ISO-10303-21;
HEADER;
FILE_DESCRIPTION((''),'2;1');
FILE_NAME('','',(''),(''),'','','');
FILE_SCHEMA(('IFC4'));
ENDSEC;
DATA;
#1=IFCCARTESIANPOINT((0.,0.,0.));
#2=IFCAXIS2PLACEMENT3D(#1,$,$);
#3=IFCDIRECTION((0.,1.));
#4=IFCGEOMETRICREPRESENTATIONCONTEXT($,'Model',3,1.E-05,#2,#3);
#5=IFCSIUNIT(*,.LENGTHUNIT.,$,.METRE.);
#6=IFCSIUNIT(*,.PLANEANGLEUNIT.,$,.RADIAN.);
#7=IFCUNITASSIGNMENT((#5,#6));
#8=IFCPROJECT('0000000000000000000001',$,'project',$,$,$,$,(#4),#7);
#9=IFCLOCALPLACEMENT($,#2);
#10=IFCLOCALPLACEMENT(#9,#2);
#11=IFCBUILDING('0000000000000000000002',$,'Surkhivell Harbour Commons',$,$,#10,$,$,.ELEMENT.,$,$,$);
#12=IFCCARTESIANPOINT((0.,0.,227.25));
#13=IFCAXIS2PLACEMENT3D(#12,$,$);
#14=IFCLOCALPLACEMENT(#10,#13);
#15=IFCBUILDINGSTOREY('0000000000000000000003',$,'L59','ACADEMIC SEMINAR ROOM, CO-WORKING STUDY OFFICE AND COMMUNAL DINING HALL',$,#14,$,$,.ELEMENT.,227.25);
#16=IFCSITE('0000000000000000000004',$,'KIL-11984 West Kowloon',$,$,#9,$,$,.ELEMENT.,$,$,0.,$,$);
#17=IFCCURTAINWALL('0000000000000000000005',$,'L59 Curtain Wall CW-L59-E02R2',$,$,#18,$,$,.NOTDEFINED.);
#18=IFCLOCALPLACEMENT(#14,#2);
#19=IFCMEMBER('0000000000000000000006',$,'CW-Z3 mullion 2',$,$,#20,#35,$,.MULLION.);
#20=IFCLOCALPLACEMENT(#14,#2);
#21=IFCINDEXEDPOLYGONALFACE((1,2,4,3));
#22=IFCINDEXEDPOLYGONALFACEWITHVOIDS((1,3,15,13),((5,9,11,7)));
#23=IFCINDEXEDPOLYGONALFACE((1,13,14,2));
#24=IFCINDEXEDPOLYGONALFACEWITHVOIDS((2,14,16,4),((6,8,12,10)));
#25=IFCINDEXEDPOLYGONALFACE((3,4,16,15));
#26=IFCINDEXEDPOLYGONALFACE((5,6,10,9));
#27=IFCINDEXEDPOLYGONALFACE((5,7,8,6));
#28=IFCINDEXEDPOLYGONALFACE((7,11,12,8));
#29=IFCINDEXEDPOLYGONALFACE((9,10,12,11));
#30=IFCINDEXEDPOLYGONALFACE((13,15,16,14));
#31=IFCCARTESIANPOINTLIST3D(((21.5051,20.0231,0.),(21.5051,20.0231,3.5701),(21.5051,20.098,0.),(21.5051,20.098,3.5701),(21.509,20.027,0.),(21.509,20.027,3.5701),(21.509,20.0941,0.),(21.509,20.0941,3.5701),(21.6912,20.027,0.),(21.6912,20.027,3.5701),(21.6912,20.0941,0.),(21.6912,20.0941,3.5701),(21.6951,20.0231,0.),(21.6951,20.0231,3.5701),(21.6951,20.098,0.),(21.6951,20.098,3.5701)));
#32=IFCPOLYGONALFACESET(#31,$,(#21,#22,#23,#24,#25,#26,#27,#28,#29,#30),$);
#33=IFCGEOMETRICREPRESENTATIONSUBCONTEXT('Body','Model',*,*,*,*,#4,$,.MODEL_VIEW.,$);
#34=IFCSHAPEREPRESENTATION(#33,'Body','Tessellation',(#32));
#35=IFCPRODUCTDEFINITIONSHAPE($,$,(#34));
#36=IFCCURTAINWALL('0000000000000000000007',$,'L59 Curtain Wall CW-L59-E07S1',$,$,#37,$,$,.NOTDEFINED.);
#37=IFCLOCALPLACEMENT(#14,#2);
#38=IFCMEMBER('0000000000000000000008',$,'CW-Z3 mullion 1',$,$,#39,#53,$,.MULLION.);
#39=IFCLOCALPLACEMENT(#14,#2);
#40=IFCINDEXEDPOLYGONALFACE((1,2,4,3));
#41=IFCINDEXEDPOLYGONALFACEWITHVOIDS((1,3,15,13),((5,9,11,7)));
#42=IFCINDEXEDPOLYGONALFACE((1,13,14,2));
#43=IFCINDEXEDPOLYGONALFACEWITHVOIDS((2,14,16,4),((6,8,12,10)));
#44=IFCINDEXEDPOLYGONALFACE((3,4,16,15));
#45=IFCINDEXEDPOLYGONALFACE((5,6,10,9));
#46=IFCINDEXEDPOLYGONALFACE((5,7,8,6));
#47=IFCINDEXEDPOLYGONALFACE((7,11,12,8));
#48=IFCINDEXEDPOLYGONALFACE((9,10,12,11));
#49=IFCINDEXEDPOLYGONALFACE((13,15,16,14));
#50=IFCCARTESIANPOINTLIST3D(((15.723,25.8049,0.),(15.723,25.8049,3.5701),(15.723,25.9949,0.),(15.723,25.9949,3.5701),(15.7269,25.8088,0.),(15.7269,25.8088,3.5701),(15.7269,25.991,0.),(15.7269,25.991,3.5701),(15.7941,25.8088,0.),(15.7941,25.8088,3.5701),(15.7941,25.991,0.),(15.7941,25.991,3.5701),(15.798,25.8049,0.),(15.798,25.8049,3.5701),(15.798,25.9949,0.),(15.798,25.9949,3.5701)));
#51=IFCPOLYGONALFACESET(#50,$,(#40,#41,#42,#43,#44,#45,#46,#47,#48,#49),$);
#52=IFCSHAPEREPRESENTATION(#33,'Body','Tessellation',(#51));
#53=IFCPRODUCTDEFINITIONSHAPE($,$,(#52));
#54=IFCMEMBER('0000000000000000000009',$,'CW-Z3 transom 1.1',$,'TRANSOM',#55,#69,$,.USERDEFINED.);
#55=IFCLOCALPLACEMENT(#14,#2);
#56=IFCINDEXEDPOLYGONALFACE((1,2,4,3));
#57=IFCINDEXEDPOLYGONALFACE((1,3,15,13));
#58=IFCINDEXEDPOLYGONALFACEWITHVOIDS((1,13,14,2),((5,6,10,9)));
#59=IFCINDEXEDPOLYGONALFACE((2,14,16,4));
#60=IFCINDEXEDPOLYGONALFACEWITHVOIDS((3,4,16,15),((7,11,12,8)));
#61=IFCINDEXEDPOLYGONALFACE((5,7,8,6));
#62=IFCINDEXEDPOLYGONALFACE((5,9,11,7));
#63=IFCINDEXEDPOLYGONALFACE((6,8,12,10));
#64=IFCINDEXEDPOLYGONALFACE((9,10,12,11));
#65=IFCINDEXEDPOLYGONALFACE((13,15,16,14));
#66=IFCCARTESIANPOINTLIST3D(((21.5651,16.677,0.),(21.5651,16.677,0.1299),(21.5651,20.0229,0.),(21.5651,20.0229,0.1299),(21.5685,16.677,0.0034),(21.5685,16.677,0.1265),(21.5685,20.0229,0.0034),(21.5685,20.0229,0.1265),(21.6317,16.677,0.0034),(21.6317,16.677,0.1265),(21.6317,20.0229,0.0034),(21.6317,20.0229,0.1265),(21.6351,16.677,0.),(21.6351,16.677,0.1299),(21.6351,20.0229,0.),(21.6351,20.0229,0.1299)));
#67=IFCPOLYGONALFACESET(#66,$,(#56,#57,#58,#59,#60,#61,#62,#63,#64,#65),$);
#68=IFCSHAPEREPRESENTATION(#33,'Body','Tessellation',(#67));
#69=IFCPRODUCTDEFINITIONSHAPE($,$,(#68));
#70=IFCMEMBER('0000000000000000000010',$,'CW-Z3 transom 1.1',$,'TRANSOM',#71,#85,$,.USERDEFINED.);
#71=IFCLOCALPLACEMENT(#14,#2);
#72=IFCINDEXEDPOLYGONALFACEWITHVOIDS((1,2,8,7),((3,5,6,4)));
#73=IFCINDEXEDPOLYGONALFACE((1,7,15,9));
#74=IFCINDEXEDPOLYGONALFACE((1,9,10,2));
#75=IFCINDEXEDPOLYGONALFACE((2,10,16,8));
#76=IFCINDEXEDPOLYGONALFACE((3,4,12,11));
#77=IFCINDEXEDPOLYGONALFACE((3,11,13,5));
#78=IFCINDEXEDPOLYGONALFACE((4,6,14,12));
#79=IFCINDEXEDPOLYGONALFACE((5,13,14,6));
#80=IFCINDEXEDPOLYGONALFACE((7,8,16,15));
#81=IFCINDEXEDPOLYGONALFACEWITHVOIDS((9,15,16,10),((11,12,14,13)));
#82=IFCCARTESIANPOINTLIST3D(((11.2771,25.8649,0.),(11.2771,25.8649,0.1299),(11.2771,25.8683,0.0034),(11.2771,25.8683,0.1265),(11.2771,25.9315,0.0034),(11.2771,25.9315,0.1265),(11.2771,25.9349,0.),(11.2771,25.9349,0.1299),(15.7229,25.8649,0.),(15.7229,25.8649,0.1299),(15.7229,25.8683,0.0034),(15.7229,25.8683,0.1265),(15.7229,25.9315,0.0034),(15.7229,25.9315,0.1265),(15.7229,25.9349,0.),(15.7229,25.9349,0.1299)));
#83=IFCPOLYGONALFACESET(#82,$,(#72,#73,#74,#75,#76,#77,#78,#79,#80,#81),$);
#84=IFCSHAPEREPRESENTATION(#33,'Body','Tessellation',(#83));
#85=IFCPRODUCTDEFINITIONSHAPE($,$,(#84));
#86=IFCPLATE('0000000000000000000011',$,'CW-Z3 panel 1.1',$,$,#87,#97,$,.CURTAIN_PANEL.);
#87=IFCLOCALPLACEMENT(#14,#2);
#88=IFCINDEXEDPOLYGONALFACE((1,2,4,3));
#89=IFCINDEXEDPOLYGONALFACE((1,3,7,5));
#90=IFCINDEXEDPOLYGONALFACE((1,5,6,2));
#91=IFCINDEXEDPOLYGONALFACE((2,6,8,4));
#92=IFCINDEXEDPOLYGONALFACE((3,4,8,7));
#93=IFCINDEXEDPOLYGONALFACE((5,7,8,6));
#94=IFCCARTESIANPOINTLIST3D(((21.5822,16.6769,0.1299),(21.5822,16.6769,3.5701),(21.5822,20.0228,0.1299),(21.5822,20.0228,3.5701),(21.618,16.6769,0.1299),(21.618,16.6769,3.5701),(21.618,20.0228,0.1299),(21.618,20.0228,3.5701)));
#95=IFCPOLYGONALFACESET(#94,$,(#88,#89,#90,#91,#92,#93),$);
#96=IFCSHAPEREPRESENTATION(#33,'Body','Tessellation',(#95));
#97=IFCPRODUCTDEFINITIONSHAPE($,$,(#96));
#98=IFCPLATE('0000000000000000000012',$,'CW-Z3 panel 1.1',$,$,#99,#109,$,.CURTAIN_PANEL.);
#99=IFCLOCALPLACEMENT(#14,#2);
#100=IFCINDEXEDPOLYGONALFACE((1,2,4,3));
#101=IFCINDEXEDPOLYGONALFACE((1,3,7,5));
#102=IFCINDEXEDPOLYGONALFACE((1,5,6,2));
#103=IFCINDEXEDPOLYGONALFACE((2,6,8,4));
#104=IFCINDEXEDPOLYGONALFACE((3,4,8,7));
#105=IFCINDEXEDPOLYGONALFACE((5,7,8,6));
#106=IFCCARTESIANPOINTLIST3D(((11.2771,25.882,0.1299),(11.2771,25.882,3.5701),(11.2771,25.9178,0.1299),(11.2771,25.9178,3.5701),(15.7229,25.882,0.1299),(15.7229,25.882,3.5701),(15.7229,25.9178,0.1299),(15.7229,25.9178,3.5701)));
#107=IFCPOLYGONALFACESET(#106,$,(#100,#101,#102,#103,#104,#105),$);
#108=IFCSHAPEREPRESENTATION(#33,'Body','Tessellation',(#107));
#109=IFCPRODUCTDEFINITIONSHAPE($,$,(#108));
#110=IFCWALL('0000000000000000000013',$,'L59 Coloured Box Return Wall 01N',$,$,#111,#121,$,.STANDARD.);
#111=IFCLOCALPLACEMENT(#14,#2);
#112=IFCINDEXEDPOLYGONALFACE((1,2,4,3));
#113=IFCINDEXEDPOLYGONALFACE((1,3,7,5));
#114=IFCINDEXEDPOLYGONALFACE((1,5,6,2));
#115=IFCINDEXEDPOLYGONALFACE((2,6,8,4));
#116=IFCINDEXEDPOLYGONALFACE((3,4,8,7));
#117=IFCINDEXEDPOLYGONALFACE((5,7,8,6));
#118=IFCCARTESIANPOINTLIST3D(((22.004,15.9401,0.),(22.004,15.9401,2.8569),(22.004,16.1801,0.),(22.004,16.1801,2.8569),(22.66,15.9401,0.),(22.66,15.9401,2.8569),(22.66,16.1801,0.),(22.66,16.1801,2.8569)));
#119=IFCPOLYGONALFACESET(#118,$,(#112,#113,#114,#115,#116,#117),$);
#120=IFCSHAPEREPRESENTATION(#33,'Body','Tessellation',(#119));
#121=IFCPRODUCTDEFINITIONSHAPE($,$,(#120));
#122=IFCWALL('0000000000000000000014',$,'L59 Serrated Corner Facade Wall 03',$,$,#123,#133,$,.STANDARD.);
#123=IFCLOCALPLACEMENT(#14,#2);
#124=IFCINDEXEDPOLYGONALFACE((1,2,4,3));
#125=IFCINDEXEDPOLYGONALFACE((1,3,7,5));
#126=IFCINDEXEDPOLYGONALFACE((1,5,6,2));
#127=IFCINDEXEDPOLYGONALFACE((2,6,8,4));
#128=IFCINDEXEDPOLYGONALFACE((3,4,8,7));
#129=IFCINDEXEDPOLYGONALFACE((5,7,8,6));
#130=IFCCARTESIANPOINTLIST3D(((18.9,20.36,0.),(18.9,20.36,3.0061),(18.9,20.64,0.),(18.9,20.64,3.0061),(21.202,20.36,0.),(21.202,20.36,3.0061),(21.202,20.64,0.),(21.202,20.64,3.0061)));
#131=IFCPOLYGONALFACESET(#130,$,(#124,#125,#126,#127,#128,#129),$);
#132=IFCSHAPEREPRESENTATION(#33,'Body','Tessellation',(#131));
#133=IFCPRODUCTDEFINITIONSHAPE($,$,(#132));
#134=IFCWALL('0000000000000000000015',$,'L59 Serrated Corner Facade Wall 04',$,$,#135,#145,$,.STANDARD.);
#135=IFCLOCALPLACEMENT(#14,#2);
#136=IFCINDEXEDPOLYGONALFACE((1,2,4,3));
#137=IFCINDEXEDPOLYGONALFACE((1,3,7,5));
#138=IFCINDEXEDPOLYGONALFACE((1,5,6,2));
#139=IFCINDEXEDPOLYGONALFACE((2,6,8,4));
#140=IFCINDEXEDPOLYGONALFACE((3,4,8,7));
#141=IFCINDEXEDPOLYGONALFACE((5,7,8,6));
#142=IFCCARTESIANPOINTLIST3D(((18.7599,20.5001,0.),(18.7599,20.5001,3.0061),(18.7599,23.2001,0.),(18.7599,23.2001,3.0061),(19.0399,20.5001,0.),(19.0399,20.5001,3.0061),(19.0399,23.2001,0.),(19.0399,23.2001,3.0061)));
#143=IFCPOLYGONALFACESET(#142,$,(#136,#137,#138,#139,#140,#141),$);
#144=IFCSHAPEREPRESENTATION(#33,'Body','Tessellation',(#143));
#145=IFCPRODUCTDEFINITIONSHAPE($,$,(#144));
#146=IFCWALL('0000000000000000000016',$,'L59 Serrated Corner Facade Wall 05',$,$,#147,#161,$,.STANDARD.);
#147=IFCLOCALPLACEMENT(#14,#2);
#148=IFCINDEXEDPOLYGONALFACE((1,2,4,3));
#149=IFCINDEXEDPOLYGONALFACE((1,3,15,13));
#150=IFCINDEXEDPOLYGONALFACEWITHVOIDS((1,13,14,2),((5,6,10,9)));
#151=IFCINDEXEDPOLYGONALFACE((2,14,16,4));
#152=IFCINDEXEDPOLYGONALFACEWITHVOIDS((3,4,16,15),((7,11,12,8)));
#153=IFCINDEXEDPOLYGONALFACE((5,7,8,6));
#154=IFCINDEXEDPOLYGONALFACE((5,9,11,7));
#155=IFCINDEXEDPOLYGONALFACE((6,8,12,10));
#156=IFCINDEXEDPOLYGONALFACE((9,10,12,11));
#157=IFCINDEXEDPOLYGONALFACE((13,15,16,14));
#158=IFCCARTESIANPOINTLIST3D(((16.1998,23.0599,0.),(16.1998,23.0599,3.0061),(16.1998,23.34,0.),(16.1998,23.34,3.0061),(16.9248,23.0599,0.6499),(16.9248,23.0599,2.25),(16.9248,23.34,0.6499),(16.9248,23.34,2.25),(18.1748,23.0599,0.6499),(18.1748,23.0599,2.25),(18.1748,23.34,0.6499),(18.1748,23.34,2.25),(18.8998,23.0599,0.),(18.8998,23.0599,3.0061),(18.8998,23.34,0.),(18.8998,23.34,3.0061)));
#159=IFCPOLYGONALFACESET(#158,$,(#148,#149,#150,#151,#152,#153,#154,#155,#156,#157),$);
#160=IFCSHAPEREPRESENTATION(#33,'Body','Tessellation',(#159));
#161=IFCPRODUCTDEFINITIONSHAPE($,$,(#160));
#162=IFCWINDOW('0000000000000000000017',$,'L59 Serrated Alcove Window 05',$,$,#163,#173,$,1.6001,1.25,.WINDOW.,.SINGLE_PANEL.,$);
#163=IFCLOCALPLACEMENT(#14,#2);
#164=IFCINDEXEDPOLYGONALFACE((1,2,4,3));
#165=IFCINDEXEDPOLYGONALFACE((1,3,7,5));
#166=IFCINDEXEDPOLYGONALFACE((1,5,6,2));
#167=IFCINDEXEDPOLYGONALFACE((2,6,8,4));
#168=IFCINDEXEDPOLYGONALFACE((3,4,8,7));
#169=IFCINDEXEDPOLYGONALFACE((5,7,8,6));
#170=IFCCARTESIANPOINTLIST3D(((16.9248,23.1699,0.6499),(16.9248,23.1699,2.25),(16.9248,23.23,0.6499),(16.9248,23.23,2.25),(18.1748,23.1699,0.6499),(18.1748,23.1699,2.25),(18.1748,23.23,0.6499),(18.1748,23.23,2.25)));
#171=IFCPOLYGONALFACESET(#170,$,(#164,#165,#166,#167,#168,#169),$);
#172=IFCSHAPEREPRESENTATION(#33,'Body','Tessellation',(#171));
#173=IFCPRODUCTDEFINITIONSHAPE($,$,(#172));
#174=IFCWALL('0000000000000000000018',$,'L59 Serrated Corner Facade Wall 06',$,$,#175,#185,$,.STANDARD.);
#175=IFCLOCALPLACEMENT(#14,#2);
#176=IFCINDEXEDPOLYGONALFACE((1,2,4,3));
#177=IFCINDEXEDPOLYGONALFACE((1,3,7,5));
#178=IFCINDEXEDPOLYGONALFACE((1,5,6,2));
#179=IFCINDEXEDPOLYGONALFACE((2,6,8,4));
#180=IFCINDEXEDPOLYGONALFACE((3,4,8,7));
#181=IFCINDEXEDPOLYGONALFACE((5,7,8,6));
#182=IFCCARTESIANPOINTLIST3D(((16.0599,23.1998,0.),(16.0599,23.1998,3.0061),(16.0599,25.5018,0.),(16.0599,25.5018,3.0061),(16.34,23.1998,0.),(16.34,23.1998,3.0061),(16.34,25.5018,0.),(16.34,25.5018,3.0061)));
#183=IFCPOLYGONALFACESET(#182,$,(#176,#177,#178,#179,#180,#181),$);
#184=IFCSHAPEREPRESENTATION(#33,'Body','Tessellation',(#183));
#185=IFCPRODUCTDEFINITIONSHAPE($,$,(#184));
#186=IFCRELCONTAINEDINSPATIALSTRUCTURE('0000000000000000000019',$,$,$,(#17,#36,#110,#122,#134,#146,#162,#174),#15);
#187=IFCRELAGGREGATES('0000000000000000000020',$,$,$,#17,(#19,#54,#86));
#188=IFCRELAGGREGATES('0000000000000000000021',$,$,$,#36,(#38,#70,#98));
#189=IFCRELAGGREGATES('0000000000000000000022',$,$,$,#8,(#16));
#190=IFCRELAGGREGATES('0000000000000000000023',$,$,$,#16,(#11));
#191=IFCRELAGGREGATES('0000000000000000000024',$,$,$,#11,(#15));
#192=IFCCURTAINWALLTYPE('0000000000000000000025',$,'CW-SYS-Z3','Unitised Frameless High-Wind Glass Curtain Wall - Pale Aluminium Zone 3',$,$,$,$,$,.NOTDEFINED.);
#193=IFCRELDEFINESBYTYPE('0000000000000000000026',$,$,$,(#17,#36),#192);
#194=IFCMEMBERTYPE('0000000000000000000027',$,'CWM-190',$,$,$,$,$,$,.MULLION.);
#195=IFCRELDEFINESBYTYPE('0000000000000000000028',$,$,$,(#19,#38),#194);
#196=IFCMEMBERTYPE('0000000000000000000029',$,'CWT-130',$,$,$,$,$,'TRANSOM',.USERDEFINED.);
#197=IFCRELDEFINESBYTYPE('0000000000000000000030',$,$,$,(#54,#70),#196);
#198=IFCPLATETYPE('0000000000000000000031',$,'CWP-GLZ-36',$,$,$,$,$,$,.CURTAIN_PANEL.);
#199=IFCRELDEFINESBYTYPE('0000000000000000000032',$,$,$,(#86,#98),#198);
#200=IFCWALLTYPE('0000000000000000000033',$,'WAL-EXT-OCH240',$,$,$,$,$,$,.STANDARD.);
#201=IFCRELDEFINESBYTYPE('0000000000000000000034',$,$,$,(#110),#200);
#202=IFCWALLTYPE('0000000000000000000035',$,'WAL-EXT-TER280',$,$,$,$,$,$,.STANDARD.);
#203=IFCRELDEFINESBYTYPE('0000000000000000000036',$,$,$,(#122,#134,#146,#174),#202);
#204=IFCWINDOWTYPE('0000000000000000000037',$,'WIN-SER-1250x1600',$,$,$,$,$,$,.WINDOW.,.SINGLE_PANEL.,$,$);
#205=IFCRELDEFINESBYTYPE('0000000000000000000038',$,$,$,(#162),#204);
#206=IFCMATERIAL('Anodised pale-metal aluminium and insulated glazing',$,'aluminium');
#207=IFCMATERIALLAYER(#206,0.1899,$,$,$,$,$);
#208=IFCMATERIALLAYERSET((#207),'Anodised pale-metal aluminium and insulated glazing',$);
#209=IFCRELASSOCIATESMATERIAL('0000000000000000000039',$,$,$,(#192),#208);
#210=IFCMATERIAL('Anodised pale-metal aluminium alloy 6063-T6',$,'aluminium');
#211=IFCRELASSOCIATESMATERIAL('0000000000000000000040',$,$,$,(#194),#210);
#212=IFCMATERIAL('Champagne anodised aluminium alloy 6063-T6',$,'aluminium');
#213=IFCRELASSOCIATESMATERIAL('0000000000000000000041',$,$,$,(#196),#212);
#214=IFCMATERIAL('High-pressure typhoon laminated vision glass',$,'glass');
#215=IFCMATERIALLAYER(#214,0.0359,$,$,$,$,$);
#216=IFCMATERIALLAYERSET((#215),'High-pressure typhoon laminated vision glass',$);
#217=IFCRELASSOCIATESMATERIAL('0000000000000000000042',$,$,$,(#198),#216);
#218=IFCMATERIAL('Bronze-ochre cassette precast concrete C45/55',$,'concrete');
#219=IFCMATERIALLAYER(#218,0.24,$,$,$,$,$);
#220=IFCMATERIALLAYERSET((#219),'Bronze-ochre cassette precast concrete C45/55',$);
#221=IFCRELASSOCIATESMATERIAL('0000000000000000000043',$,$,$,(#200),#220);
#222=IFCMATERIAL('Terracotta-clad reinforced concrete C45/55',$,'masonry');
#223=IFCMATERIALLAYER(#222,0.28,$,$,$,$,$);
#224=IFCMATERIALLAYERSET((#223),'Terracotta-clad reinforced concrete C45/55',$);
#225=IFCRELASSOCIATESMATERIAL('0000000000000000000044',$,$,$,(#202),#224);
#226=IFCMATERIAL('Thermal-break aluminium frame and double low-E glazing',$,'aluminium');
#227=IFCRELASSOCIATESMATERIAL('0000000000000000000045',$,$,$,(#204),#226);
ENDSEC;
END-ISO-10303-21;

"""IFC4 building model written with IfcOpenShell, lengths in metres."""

from ifc_helpers import new_model, si_unit, direction, frame, frame_2d, origin, origin_2d, place, context, subcontext, project, spatial, rectangle, hollow_rectangle, extrude, material, layer, layer_set, material_profile, profile_set, type_object, element, fill, aggregate, save


model = new_model("IFC4")

# Units and contexts
model_context = context("Model", 3, precision=1e-05, world=origin(), true_north=direction((0.0, 1.0)))
body_context = subcontext(model_context, "Body", "Model", "MODEL_VIEW")
ifc_project = project(units=[si_unit("LENGTHUNIT", "METRE"), si_unit("PLANEANGLEUNIT", "RADIAN")], contexts=[model_context])

# Site, building, storey
site_placement = place(None, origin())
site = spatial("IfcSite", under=ifc_project, at=site_placement, Name="KIL-11984 West Kowloon", CompositionType="ELEMENT", RefElevation=0.0)
building_placement = place(site_placement, origin())
building = spatial("IfcBuilding", under=site, at=building_placement, Name="Surkhivell Harbour Commons", CompositionType="ELEMENT")
storey_placement = place(building_placement, frame((0.0, 0.0, 227.25)))
storey = spatial("IfcBuildingStorey", under=building, at=storey_placement, Name="L59", Description="ACADEMIC SEMINAR ROOM, CO-WORKING STUDY OFFICE AND COMMUNAL DINING HALL", CompositionType="ELEMENT", Elevation=227.25)

# Curtain wall, member
ifc_material_1 = material(Name="Anodised pale-metal aluminium and insulated glazing", Category="aluminium")
ifc_layer_1 = layer(ifc_material_1, 0.1899)
ifc_layer_set_1 = layer_set([ifc_layer_1], Name="Anodised pale-metal aluminium and insulated glazing")
curtain_wall_type = type_object("IfcCurtainWallType", Name="CW-SYS-Z3", Description="Unitised Frameless High-Wind Glass Curtain Wall - Pale Aluminium Zone 3", PredefinedType="NOTDEFINED", material=ifc_layer_set_1)
curtain_wall_1_placement = place(storey_placement, origin())
curtain_wall_1 = element("IfcCurtainWall", 1, at=curtain_wall_1_placement, inside=storey, type_object=curtain_wall_type, Name="L59 Curtain Wall CW-L59-E02R2", PredefinedType="NOTDEFINED")
ifc_material_2 = material(Name="Anodised pale-metal aluminium alloy 6063-T6", Category="aluminium")
ifc_material_profile_1 = material_profile(ifc_material_2, hollow_rectangle(XDim=0.075, YDim=0.1899, WallThickness=0.0039, at=origin_2d()), Name="ALU-MULL-75x190")
ifc_profile_set_1 = profile_set([ifc_material_profile_1], Name="Anodised pale-metal aluminium alloy 6063-T6")
member_type_1 = type_object("IfcMemberType", Name="CWM-190", PredefinedType="MULLION", material=ifc_profile_set_1)
member_1_placement = place(storey_placement, frame((21.6001, 20.0605, 0.0), z_axis=(0.0, 0.0, 1.0), x_axis=(0.0, 1.0, 0.0)))
member_1 = element("IfcMember", 2, at=member_1_placement, type_object=member_type_1, Name="CW-Z3 mullion 2", PredefinedType="MULLION", context=body_context, shape_type="SweptSolid", body=[
    extrude(hollow_rectangle(XDim=0.075, YDim=0.1899, WallThickness=0.0039, at=origin_2d()), origin(), (0.0, 0.0, 1.0), 3.5701),
])

# Curtain wall, member
curtain_wall_2_placement = place(storey_placement, origin())
curtain_wall_2 = element("IfcCurtainWall", 3, at=curtain_wall_2_placement, inside=storey, type_object=curtain_wall_type, Name="L59 Curtain Wall CW-L59-E07S1", PredefinedType="NOTDEFINED")
member_2_placement = place(storey_placement, frame((15.7605, 25.8999, 0.0), z_axis=(0.0, 0.0, 1.0), x_axis=(-1.0, 0.0, 0.0)))
member_2 = element("IfcMember", 4, at=member_2_placement, type_object=member_type_1, Name="CW-Z3 mullion 1", PredefinedType="MULLION", context=body_context, shape_type="SweptSolid", body=[
    extrude(hollow_rectangle(XDim=0.075, YDim=0.1899, WallThickness=0.0039, at=origin_2d()), origin(), (0.0, 0.0, 1.0), 3.5701),
])

# Members
ifc_material_3 = material(Name="Champagne anodised aluminium alloy 6063-T6", Category="aluminium")
ifc_material_profile_2 = material_profile(ifc_material_3, hollow_rectangle(XDim=0.0701, YDim=0.1299, WallThickness=0.0034, at=origin_2d()), Name="ALU-TRAN-70x130")
ifc_profile_set_2 = profile_set([ifc_material_profile_2], Name="Champagne anodised aluminium alloy 6063-T6")
member_type_2 = type_object("IfcMemberType", Name="CWT-130", ElementType="TRANSOM", PredefinedType="USERDEFINED", material=ifc_profile_set_2)
member_3_placement = place(storey_placement, frame((21.6001, 16.677, 0.0649), z_axis=(0.0, 1.0, 0.0), x_axis=(-1.0, 0.0, 0.0)))
member_3 = element("IfcMember", 5, at=member_3_placement, type_object=member_type_2, Name="CW-Z3 transom 1.1", ObjectType="TRANSOM", PredefinedType="USERDEFINED", context=body_context, shape_type="SweptSolid", body=[
    extrude(hollow_rectangle(XDim=0.0701, YDim=0.1299, WallThickness=0.0034, at=origin_2d()), origin(), (0.0, 0.0, 1.0), 3.3459),
])
member_4_placement = place(storey_placement, frame((15.7229, 25.8999, 0.0649), z_axis=(-1.0, 0.0, 0.0), x_axis=(0.0, -1.0, 0.0)))
member_4 = element("IfcMember", 6, at=member_4_placement, type_object=member_type_2, Name="CW-Z3 transom 1.1", ObjectType="TRANSOM", PredefinedType="USERDEFINED", context=body_context, shape_type="SweptSolid", body=[
    extrude(hollow_rectangle(XDim=0.0701, YDim=0.1299, WallThickness=0.0034, at=origin_2d()), origin(), (0.0, 0.0, 1.0), 4.4458),
])

# Plates
ifc_material_4 = material(Name="High-pressure typhoon laminated vision glass", Category="glass")
ifc_layer_2 = layer(ifc_material_4, 0.0359)
ifc_layer_set_2 = layer_set([ifc_layer_2], Name="High-pressure typhoon laminated vision glass")
plate_type = type_object("IfcPlateType", Name="CWP-GLZ-36", PredefinedType="CURTAIN_PANEL", material=ifc_layer_set_2)
plate_1_placement = place(storey_placement, frame((21.6001, 16.677, 0.1299), z_axis=(0.0, 0.0, 1.0), x_axis=(0.0, 1.0, 0.0)))
plate_1 = element("IfcPlate", 7, at=plate_1_placement, type_object=plate_type, Name="CW-Z3 panel 1.1", PredefinedType="CURTAIN_PANEL", context=body_context, shape_type="SweptSolid", body=[
    extrude(rectangle(XDim=3.3459, YDim=0.0359, at=frame_2d((1.6729, 0.0))), origin(), (0.0, 0.0, 1.0), 3.4402),
])
aggregate(curtain_wall_1, [member_1, member_3, plate_1])
plate_2_placement = place(storey_placement, frame((15.7229, 25.8999, 0.1299), z_axis=(0.0, 0.0, 1.0), x_axis=(-1.0, 0.0, 0.0)))
plate_2 = element("IfcPlate", 8, at=plate_2_placement, type_object=plate_type, Name="CW-Z3 panel 1.1", PredefinedType="CURTAIN_PANEL", context=body_context, shape_type="SweptSolid", body=[
    extrude(rectangle(XDim=4.4458, YDim=0.0359, at=frame_2d((2.2229, 0.0))), origin(), (0.0, 0.0, 1.0), 3.4402),
])
aggregate(curtain_wall_2, [member_2, member_4, plate_2])

# Walls
ifc_material_5 = material(Name="Bronze-ochre cassette precast concrete C45/55", Category="concrete")
ifc_layer_3 = layer(ifc_material_5, 0.24)
ifc_layer_set_3 = layer_set([ifc_layer_3], Name="Bronze-ochre cassette precast concrete C45/55")
wall_type_1 = type_object("IfcWallType", Name="WAL-EXT-OCH240", PredefinedType="STANDARD", material=ifc_layer_set_3)
wall_1_placement = place(storey_placement, frame((22.0039, 16.0601, 0.0), z_axis=(0.0, 0.0, 1.0), x_axis=(1.0, 0.0, 0.0)))
element("IfcWall", 9, at=wall_1_placement, inside=storey, type_object=wall_type_1, Name="L59 Coloured Box Return Wall 01N", PredefinedType="STANDARD", context=body_context, shape_type="SweptSolid", body=[
    extrude(rectangle(XDim=0.656, YDim=0.24, at=frame_2d((0.3281, 0.0))), origin(), (0.0, 0.0, 1.0), 2.8569),
])
ifc_material_6 = material(Name="Terracotta-clad reinforced concrete C45/55", Category="masonry")
ifc_layer_4 = layer(ifc_material_6, 0.28)
ifc_layer_set_4 = layer_set([ifc_layer_4], Name="Terracotta-clad reinforced concrete C45/55")
wall_type_2 = type_object("IfcWallType", Name="WAL-EXT-TER280", PredefinedType="STANDARD", material=ifc_layer_set_4)
wall_2_placement = place(storey_placement, frame((21.2019, 20.5, 0.0), z_axis=(0.0, 0.0, 1.0), x_axis=(-1.0, 0.0, 0.0)))
element("IfcWall", 10, at=wall_2_placement, inside=storey, type_object=wall_type_2, Name="L59 Serrated Corner Facade Wall 03", PredefinedType="STANDARD", context=body_context, shape_type="SweptSolid", body=[
    extrude(rectangle(XDim=2.302, YDim=0.28, at=frame_2d((1.1509, 0.0))), origin(), (0.0, 0.0, 1.0), 3.0061),
])
wall_3_placement = place(storey_placement, frame((18.8999, 20.5, 0.0), z_axis=(0.0, 0.0, 1.0), x_axis=(0.0, 1.0, 0.0)))
element("IfcWall", 11, at=wall_3_placement, inside=storey, type_object=wall_type_2, Name="L59 Serrated Corner Facade Wall 04", PredefinedType="STANDARD", context=body_context, shape_type="SweptSolid", body=[
    extrude(rectangle(XDim=2.7, YDim=0.28, at=frame_2d((1.3501, 0.0))), origin(), (0.0, 0.0, 1.0), 3.0061),
])

# Wall, opening, window
wall_4_placement = place(storey_placement, frame((18.8999, 23.2, 0.0), z_axis=(0.0, 0.0, 1.0), x_axis=(-1.0, 0.0, 0.0)))
wall_4 = element("IfcWall", 12, at=wall_4_placement, inside=storey, type_object=wall_type_2, Name="L59 Serrated Corner Facade Wall 05", PredefinedType="STANDARD", context=body_context, shape_type="SweptSolid", body=[
    extrude(rectangle(XDim=2.7, YDim=0.28, at=frame_2d((1.3501, 0.0))), origin(), (0.0, 0.0, 1.0), 3.0061),
])
opening_placement = place(wall_4_placement, frame((0.7251, 0.0, 0.6499)))
opening = element("IfcOpeningElement", 13, at=opening_placement, cuts=wall_4, PredefinedType="OPENING", context=body_context, shape_type="SweptSolid", body=[
    extrude(rectangle(XDim=1.25, YDim=1.6001, at=frame_2d((0.625, 0.8))), frame((0.0, 0.1499, 0.0), z_axis=(0.0, -1.0, 0.0), x_axis=(1.0, 0.0, 0.0)), (0.0, 0.0, 1.0), 0.3),
])
ifc_material_7 = material(Name="Thermal-break aluminium frame and double low-E glazing", Category="aluminium")
window_type = type_object("IfcWindowType", Name="WIN-SER-1250x1600", PartitioningType="SINGLE_PANEL", PredefinedType="WINDOW", material=ifc_material_7)
window_placement = place(opening_placement, origin())
window = element("IfcWindow", 14, at=window_placement, inside=storey, type_object=window_type, Name="L59 Serrated Alcove Window 05", OverallHeight=1.6001, OverallWidth=1.25, PartitioningType="SINGLE_PANEL", PredefinedType="WINDOW", context=body_context, shape_type="SweptSolid", body=[
    extrude(rectangle(XDim=1.25, YDim=1.6001, at=frame_2d((0.625, 0.8))), frame((0.0, 0.03, 0.0), z_axis=(0.0, -1.0, 0.0), x_axis=(1.0, 0.0, 0.0)), (0.0, 0.0, 1.0), 0.0601),
])
fill(opening, window)

# Wall
wall_5_placement = place(storey_placement, frame((16.2, 23.2, 0.0), z_axis=(0.0, 0.0, 1.0), x_axis=(0.0, 1.0, 0.0)))
element("IfcWall", 15, at=wall_5_placement, inside=storey, type_object=wall_type_2, Name="L59 Serrated Corner Facade Wall 06", PredefinedType="STANDARD", context=body_context, shape_type="SweptSolid", body=[
    extrude(rectangle(XDim=2.302, YDim=0.28, at=frame_2d((1.1509, 0.0))), origin(), (0.0, 0.0, 1.0), 3.0061),
])

save(model, "model.ifc")
